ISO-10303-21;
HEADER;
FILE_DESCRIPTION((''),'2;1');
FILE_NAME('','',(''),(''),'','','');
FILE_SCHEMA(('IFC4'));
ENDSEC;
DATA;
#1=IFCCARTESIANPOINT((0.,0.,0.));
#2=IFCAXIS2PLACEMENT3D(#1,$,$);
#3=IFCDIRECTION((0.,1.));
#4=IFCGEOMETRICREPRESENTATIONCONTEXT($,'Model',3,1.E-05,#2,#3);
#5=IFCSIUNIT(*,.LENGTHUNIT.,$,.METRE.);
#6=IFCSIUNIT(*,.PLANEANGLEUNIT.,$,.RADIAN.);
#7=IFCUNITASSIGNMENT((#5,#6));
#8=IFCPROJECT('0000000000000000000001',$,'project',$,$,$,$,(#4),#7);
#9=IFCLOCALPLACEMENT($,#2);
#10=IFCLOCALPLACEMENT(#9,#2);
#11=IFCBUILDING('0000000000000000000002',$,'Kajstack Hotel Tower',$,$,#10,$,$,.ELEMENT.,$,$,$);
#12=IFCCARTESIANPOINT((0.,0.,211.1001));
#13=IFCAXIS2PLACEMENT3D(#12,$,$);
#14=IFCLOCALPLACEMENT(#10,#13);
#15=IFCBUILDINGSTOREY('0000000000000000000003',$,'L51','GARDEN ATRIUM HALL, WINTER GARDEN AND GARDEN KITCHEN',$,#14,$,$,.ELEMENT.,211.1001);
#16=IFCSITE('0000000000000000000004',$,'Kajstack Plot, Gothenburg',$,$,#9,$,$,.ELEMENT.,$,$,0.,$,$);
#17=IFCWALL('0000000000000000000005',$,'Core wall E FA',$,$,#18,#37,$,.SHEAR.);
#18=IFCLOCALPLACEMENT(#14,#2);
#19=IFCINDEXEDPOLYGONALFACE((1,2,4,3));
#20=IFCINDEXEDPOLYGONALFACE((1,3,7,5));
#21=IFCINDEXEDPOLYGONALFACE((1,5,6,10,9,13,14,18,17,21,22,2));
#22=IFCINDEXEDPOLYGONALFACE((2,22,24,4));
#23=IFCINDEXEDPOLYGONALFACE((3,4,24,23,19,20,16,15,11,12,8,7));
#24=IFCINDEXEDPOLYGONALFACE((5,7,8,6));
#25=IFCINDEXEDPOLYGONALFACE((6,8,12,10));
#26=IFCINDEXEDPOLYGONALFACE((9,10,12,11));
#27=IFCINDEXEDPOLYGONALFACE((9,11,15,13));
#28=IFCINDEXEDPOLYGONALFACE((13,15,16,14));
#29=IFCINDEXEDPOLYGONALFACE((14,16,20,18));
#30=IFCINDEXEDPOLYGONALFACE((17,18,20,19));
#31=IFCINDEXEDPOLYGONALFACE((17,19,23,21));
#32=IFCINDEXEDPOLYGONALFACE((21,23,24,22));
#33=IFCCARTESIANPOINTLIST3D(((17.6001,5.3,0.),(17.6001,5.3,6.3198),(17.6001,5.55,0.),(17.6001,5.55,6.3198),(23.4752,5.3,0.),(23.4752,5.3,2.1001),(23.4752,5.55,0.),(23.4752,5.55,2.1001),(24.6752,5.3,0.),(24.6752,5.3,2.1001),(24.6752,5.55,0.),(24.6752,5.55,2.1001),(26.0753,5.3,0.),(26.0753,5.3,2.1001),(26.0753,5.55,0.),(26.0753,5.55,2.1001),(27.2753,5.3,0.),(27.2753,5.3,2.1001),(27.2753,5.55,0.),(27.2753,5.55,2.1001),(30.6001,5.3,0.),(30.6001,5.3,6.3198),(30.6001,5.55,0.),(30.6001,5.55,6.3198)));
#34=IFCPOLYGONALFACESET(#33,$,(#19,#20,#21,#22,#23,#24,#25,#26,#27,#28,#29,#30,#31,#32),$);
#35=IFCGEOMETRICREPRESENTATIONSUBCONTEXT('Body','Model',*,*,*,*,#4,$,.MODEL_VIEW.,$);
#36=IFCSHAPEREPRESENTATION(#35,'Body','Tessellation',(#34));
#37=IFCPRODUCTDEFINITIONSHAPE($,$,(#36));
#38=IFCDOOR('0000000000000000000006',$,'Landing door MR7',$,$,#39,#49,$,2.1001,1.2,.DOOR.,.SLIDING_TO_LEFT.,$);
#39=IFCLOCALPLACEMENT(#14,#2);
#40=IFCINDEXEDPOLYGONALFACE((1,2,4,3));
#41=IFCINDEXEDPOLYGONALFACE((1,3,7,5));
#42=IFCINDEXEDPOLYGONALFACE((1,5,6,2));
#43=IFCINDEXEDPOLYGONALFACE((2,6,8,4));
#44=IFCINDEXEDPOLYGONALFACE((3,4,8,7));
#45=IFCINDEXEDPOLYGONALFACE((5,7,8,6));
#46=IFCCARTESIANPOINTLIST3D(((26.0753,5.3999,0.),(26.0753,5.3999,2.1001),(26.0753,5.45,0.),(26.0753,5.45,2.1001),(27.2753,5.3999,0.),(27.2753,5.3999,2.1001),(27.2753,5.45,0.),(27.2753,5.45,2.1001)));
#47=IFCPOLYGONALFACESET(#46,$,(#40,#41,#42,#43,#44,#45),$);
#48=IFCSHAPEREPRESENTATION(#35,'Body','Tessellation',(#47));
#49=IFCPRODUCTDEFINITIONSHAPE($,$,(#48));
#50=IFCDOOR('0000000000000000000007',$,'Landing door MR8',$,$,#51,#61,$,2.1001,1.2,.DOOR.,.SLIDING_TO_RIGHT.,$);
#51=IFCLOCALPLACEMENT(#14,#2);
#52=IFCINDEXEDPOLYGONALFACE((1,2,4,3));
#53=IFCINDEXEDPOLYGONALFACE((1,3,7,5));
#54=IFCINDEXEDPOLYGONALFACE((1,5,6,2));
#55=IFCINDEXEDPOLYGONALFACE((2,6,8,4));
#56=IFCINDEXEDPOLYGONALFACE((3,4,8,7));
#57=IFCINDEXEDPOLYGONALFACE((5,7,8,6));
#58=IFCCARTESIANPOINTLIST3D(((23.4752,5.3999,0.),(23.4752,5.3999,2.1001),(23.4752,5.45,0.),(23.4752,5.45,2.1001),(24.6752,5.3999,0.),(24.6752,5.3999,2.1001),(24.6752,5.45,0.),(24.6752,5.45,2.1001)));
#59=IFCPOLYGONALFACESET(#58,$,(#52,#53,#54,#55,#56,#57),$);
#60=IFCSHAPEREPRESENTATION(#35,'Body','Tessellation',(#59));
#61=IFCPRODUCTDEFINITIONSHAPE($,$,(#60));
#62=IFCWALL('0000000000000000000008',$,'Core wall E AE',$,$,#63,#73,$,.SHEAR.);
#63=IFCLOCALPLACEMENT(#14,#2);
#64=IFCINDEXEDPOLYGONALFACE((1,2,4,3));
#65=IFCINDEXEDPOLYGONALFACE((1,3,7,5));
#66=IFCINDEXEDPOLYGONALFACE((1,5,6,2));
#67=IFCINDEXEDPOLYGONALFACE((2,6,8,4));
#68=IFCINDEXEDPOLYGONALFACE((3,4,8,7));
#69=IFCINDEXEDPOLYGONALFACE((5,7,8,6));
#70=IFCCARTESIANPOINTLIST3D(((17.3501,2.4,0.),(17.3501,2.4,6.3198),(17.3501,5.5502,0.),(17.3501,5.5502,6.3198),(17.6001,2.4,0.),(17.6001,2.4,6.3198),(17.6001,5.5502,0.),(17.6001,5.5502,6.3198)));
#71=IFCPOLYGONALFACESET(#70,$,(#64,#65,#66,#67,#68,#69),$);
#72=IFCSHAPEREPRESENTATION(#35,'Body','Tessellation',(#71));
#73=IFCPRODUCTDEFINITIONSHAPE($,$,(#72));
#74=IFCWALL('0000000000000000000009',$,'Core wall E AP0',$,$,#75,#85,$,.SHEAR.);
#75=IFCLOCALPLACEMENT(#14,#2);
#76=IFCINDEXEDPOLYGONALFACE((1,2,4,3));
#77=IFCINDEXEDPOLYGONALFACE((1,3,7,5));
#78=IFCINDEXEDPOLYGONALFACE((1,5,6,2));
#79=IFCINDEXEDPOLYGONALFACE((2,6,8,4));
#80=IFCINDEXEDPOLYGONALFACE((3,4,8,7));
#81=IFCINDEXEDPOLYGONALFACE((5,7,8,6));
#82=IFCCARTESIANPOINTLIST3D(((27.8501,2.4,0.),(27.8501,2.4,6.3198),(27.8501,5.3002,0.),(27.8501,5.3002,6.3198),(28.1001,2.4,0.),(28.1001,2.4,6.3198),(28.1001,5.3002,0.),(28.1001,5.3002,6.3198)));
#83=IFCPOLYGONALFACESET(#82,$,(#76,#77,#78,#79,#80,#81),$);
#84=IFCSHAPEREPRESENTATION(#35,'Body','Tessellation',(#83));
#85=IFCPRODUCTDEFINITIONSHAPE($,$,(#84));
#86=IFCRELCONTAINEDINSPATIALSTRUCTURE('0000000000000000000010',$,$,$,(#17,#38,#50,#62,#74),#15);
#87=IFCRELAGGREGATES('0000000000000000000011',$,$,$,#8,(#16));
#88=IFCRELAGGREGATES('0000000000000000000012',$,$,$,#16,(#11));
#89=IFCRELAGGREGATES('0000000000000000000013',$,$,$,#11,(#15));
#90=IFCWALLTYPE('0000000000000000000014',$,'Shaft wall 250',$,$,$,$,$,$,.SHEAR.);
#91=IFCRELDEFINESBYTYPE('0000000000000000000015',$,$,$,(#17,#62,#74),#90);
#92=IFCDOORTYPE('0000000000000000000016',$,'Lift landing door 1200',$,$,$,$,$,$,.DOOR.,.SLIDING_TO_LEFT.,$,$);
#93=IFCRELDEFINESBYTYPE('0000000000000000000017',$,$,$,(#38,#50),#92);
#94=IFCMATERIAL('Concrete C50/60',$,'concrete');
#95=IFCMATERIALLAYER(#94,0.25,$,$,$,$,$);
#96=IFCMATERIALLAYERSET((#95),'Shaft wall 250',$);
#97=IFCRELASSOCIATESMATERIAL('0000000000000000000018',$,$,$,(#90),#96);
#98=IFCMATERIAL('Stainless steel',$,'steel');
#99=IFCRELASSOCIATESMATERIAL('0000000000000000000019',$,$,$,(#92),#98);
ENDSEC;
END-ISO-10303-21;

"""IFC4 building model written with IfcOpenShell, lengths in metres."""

from ifc_helpers import new_model, si_unit, direction, frame, frame_2d, origin, place, context, subcontext, project, spatial, rectangle, extrude, material, layer, layer_set, type_object, element, fill, save


model = new_model("IFC4")

# Units and contexts
model_context = context("Model", 3, precision=1e-05, world=origin(), true_north=direction((0.0, 1.0)))
body_context = subcontext(model_context, "Body", "Model", "MODEL_VIEW")
ifc_project = project(units=[si_unit("LENGTHUNIT", "METRE"), si_unit("PLANEANGLEUNIT", "RADIAN")], contexts=[model_context])

# Site, building, storey
site_placement = place(None, origin())
site = spatial("IfcSite", under=ifc_project, at=site_placement, Name="Kajstack Plot, Gothenburg", CompositionType="ELEMENT", RefElevation=0.0)
building_placement = place(site_placement, origin())
building = spatial("IfcBuilding", under=site, at=building_placement, Name="Kajstack Hotel Tower", CompositionType="ELEMENT")
storey_placement = place(building_placement, frame((0.0, 0.0, 211.1001)))
storey = spatial("IfcBuildingStorey", under=building, at=storey_placement, Name="L51", Description="GARDEN ATRIUM HALL, WINTER GARDEN AND GARDEN KITCHEN", CompositionType="ELEMENT", Elevation=211.1001)

# Shared definitions
ifc_material_1 = material(Name="Stainless steel", Category="steel")

# Shared definitions
ifc_material_2 = material(Name="Concrete C50/60", Category="concrete")

# Wall, openings, doors
ifc_layer_1 = layer(ifc_material_2, 0.25)
ifc_layer_set_1 = layer_set([ifc_layer_1], Name="Shaft wall 250")
wall_type_1 = type_object("IfcWallType", Name="Shaft wall 250", PredefinedType="SHEAR", material=ifc_layer_set_1)
wall_1_placement = place(storey_placement, frame((17.6001, 5.425, 0.0), z_axis=(0.0, 0.0, 1.0), x_axis=(1.0, 0.0, 0.0)))
wall_1 = element("IfcWall", 1, at=wall_1_placement, inside=storey, type_object=wall_type_1, Name="Core wall E FA", PredefinedType="SHEAR", context=body_context, shape_type="SweptSolid", body=[
    extrude(rectangle(XDim=13.0, YDim=0.25, at=frame_2d((6.5, 0.0))), origin(), (0.0, 0.0, 1.0), 6.3198),
])
opening_1_placement = place(wall_1_placement, frame((8.4751, 0.0, 0.0)))
opening_1 = element("IfcOpeningElement", 2, at=opening_1_placement, cuts=wall_1, PredefinedType="OPENING", context=body_context, shape_type="SweptSolid", body=[
    extrude(rectangle(XDim=1.2, YDim=2.1001, at=frame_2d((0.6001, 1.05))), frame((0.0, 0.135, 0.0), z_axis=(0.0, -1.0, 0.0), x_axis=(1.0, 0.0, 0.0)), (0.0, 0.0, 1.0), 0.27),
])
opening_2_placement = place(wall_1_placement, frame((5.875, 0.0, 0.0)))
opening_2 = element("IfcOpeningElement", 3, at=opening_2_placement, cuts=wall_1, PredefinedType="OPENING", context=body_context, shape_type="SweptSolid", body=[
    extrude(rectangle(XDim=1.2, YDim=2.1001, at=frame_2d((0.6001, 1.05))), frame((0.0, 0.135, 0.0), z_axis=(0.0, -1.0, 0.0), x_axis=(1.0, 0.0, 0.0)), (0.0, 0.0, 1.0), 0.27),
])
door_type_1 = type_object("IfcDoorType", Name="Lift landing door 1200", OperationType="SLIDING_TO_LEFT", PredefinedType="DOOR", material=ifc_material_1)
door_1_placement = place(opening_1_placement, origin())
door_1 = element("IfcDoor", 4, at=door_1_placement, inside=storey, type_object=door_type_1, Name="Landing door MR7", OperationType="SLIDING_TO_LEFT", OverallHeight=2.1001, OverallWidth=1.2, PredefinedType="DOOR", context=body_context, shape_type="SweptSolid", body=[
    extrude(rectangle(XDim=1.2, YDim=2.1001, at=frame_2d((0.6001, 1.05))), frame((0.0, 0.0249, 0.0), z_axis=(0.0, -1.0, 0.0), x_axis=(1.0, 0.0, 0.0)), (0.0, 0.0, 1.0), 0.05),
])
fill(opening_1, door_1)
door_2_placement = place(opening_2_placement, origin())
door_2 = element("IfcDoor", 5, at=door_2_placement, inside=storey, type_object=door_type_1, Name="Landing door MR8", OperationType="SLIDING_TO_RIGHT", OverallHeight=2.1001, OverallWidth=1.2, PredefinedType="DOOR", context=body_context, shape_type="SweptSolid", body=[
    extrude(rectangle(XDim=1.2, YDim=2.1001, at=frame_2d((0.6001, 1.05))), frame((0.0, 0.0249, 0.0), z_axis=(0.0, -1.0, 0.0), x_axis=(1.0, 0.0, 0.0)), (0.0, 0.0, 1.0), 0.05),
])
fill(opening_2, door_2)

# Walls
wall_2_placement = place(storey_placement, frame((17.4751, 2.3999, 0.0), z_axis=(0.0, 0.0, 1.0), x_axis=(0.0, 1.0, 0.0)))
element("IfcWall", 6, at=wall_2_placement, inside=storey, type_object=wall_type_1, Name="Core wall E AE", PredefinedType="SHEAR", context=body_context, shape_type="SweptSolid", body=[
    extrude(rectangle(XDim=3.1501, YDim=0.25, at=frame_2d((1.5752, 0.0))), origin(), (0.0, 0.0, 1.0), 6.3198),
])
wall_3_placement = place(storey_placement, frame((27.9751, 2.3999, 0.0), z_axis=(0.0, 0.0, 1.0), x_axis=(0.0, 1.0, 0.0)))
element("IfcWall", 7, at=wall_3_placement, inside=storey, type_object=wall_type_1, Name="Core wall E AP0", PredefinedType="SHEAR", context=body_context, shape_type="SweptSolid", body=[
    extrude(rectangle(XDim=2.9001, YDim=0.25, at=frame_2d((1.4502, 0.0))), origin(), (0.0, 0.0, 1.0), 6.3198),
])

save(model, "model.ifc")
